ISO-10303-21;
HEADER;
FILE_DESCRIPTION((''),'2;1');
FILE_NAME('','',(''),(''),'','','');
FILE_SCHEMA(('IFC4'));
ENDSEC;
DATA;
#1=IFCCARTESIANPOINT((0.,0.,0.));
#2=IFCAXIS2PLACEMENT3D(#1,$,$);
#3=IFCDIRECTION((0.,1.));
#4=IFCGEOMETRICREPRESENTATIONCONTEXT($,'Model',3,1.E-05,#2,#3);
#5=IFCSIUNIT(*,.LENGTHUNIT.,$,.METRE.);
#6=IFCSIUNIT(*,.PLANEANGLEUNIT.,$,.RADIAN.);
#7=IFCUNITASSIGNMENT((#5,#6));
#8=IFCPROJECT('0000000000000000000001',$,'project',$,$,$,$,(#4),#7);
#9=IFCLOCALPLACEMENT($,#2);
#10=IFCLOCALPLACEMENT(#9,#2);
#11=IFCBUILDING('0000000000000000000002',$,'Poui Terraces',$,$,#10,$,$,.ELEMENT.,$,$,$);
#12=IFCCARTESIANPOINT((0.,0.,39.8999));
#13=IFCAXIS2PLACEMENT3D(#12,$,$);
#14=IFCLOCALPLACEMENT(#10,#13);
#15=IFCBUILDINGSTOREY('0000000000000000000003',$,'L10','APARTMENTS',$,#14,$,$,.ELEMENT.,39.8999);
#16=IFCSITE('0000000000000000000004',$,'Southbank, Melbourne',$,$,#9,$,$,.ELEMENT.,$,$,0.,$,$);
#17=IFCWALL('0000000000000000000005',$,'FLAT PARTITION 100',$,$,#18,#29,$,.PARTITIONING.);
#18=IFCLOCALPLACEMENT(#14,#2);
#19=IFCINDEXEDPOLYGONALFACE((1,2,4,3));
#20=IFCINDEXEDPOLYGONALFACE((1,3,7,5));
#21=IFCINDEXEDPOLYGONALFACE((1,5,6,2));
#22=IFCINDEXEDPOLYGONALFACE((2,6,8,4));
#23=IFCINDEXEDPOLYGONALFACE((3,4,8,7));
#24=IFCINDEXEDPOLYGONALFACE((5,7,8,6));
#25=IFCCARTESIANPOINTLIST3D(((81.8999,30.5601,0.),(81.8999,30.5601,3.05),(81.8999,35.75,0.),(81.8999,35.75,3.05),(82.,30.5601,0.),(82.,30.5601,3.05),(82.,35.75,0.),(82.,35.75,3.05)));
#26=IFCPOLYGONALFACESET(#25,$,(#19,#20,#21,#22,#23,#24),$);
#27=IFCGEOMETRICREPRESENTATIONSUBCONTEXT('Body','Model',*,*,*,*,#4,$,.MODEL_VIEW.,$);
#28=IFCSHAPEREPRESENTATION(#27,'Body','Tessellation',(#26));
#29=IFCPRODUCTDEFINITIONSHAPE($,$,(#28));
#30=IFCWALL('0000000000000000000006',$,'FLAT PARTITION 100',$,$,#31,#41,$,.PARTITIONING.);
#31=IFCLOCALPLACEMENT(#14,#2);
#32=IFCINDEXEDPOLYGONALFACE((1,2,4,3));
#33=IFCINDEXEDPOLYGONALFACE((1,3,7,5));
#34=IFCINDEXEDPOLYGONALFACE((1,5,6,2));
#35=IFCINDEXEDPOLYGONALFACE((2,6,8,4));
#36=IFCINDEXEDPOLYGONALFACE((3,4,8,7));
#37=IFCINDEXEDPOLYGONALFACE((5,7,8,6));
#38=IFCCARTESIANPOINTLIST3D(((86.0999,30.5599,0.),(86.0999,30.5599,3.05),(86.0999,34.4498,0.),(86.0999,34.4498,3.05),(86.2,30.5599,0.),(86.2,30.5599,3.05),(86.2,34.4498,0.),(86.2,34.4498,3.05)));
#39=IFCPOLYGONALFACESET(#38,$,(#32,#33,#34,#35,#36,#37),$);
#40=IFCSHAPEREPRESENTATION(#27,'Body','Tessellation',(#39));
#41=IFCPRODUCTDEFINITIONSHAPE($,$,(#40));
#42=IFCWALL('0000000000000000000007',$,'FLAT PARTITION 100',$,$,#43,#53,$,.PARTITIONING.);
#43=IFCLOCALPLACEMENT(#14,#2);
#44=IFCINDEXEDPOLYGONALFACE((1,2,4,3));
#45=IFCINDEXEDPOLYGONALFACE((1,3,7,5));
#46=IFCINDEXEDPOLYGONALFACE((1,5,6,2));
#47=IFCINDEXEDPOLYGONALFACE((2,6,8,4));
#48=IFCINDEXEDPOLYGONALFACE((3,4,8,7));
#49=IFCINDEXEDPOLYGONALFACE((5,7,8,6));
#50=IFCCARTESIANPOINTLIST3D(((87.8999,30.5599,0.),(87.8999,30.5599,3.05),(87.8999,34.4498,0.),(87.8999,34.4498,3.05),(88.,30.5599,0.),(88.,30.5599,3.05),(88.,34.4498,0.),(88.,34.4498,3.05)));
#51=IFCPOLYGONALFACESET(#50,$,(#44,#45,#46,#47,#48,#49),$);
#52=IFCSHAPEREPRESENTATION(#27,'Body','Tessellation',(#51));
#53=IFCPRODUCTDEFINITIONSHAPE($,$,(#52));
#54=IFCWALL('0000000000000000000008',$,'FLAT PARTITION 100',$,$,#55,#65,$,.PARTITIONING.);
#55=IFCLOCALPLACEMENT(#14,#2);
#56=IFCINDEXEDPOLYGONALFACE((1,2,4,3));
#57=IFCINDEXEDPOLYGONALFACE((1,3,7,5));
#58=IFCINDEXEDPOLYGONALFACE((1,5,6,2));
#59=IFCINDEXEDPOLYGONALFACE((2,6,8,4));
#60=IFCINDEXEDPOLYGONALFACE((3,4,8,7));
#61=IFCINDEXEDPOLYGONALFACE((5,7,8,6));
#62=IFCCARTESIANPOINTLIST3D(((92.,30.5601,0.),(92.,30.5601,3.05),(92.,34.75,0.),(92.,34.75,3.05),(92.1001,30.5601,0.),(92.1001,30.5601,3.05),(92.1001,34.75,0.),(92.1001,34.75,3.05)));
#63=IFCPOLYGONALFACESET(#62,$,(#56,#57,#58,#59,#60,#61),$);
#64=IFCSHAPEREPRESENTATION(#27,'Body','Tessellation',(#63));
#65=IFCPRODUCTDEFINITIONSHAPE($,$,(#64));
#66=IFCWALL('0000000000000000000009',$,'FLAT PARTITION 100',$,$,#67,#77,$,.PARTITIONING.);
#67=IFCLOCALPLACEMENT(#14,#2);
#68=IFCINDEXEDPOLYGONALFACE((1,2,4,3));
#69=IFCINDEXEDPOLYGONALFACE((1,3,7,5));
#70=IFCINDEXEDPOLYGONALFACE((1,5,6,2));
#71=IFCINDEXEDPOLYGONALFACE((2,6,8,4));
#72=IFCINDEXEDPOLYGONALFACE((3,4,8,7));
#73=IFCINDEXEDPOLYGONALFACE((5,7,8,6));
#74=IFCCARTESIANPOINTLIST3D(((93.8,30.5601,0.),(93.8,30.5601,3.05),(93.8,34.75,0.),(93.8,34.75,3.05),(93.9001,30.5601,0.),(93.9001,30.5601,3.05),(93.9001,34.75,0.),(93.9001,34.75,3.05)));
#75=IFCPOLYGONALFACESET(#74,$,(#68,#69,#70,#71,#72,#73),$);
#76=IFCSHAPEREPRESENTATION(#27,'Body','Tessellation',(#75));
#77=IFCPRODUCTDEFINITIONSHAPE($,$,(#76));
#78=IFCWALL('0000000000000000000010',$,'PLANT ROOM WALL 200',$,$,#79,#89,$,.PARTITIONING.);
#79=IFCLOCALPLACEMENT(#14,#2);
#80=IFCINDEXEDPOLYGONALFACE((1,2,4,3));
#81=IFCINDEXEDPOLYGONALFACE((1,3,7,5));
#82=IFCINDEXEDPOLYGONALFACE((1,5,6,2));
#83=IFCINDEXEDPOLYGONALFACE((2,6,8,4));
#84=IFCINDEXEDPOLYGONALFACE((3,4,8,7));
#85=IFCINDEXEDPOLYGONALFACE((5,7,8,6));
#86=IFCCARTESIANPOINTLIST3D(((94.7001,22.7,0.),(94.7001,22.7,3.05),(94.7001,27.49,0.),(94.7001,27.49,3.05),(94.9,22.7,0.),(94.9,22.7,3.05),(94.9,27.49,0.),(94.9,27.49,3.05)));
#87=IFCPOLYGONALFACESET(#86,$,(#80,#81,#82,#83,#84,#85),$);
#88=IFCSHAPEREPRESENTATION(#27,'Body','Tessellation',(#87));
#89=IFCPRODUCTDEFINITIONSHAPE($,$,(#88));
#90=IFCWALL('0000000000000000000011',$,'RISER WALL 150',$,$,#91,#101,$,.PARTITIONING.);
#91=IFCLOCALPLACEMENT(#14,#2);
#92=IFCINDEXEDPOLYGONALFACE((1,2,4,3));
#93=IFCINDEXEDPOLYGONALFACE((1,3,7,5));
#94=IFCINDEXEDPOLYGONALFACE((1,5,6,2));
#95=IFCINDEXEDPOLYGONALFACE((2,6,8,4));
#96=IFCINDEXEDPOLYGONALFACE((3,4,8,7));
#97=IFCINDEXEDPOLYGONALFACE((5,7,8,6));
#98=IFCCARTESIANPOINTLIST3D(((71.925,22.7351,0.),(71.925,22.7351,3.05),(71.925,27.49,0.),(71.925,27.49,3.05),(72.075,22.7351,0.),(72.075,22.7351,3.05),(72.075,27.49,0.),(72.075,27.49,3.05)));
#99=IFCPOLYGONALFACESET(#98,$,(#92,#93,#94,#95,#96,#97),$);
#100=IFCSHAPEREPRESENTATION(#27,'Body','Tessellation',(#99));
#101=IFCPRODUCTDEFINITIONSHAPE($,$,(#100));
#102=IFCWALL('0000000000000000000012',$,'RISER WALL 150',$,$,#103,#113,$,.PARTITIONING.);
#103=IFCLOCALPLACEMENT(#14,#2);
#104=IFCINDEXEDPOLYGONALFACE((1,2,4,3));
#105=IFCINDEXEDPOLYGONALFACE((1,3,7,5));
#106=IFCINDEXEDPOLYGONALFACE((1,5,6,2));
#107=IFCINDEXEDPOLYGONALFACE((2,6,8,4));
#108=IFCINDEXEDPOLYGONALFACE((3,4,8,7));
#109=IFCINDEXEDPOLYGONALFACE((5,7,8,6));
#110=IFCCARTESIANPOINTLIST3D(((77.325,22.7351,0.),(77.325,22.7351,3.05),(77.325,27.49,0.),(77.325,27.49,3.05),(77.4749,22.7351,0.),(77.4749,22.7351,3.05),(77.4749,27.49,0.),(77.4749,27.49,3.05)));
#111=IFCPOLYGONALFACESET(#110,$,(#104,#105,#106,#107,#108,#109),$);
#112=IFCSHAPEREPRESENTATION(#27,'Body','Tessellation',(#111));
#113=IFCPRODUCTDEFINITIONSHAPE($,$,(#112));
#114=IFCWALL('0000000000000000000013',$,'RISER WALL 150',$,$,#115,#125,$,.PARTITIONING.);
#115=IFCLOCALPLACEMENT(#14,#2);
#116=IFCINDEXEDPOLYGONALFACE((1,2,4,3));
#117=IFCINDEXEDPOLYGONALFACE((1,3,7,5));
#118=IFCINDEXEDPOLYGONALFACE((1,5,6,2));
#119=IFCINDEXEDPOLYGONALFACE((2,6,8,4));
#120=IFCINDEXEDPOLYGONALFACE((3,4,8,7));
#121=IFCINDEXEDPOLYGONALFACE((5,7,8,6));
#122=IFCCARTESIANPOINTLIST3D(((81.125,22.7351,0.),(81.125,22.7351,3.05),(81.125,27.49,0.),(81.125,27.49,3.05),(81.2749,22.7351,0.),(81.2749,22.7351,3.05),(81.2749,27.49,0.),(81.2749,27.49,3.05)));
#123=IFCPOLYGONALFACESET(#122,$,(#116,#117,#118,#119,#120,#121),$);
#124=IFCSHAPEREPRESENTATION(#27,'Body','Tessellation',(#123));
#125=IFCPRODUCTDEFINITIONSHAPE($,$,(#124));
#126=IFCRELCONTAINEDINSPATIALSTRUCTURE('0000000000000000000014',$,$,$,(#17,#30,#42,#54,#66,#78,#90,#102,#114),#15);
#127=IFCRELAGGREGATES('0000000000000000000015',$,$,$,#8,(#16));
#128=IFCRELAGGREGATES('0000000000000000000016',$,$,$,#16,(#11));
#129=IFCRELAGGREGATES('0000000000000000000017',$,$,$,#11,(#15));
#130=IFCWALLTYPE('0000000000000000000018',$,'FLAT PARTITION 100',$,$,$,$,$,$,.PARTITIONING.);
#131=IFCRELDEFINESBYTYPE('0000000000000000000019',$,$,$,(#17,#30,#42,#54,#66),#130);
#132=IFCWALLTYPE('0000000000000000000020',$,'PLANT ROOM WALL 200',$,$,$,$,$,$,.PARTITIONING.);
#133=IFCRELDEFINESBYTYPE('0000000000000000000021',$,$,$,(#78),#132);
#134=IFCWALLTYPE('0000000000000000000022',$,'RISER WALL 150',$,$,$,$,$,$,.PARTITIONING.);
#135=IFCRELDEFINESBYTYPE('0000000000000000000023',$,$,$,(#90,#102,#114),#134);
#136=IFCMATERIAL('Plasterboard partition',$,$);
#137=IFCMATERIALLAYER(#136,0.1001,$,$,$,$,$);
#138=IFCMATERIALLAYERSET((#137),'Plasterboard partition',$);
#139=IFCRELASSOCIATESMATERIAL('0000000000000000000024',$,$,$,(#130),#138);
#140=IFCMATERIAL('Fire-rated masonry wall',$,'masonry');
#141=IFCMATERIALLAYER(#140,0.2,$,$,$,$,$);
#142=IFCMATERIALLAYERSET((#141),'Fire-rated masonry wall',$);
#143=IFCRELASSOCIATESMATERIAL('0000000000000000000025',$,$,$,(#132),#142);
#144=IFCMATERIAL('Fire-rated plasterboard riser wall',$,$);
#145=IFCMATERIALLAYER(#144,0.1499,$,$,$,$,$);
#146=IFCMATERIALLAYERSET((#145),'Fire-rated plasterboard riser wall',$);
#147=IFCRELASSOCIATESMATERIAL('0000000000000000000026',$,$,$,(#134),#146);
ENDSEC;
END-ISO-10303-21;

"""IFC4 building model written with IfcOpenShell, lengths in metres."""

from ifc_helpers import new_model, si_unit, direction, frame, frame_2d, origin, place, context, subcontext, project, spatial, rectangle, extrude, material, layer, layer_set, type_object, element, save


model = new_model("IFC4")

# Units and contexts
model_context = context("Model", 3, precision=1e-05, world=origin(), true_north=direction((0.0, 1.0)))
body_context = subcontext(model_context, "Body", "Model", "MODEL_VIEW")
ifc_project = project(units=[si_unit("LENGTHUNIT", "METRE"), si_unit("PLANEANGLEUNIT", "RADIAN")], contexts=[model_context])

# Site, building, storey
site_placement = place(None, origin())
site = spatial("IfcSite", under=ifc_project, at=site_placement, Name="Southbank, Melbourne", CompositionType="ELEMENT", RefElevation=0.0)
building_placement = place(site_placement, origin())
building = spatial("IfcBuilding", under=site, at=building_placement, Name="Poui Terraces", CompositionType="ELEMENT")
storey_placement = place(building_placement, frame((0.0, 0.0, 39.8999)))
storey = spatial("IfcBuildingStorey", under=building, at=storey_placement, Name="L10", Description="APARTMENTS", CompositionType="ELEMENT", Elevation=39.8999)

# Walls
ifc_material_1 = material(Name="Plasterboard partition")
ifc_layer_1 = layer(ifc_material_1, 0.1001)
ifc_layer_set_1 = layer_set([ifc_layer_1], Name="Plasterboard partition")
wall_type_1 = type_object("IfcWallType", Name="FLAT PARTITION 100", PredefinedType="PARTITIONING", material=ifc_layer_set_1)
for number, where, z_axis, x_axis, name in (
    (1, (81.95, 30.5601, 0.0), (0.0, 0.0, 1.0), (0.0, 1.0, 0.0), "FLAT PARTITION 100"),
):
    element("IfcWall", number, at=place(storey_placement, frame(where, z_axis=z_axis, x_axis=x_axis)), inside=storey, type_object=wall_type_1, Name=name, PredefinedType="PARTITIONING", context=body_context, shape_type="SweptSolid", body=[
        extrude(rectangle(XDim=5.1899, YDim=0.1001, at=frame_2d((2.595, 0.0))), origin(), (0.0, 0.0, 1.0), 3.05),
    ])
for number, where, z_axis, x_axis, name in (
    (2, (86.1499, 30.5601, 0.0), (0.0, 0.0, 1.0), (0.0, 1.0, 0.0), "FLAT PARTITION 100"),
    (3, (87.95, 30.5601, 0.0), (0.0, 0.0, 1.0), (0.0, 1.0, 0.0), "FLAT PARTITION 100"),
):
    element("IfcWall", number, at=place(storey_placement, frame(where, z_axis=z_axis, x_axis=x_axis)), inside=storey, type_object=wall_type_1, Name=name, PredefinedType="PARTITIONING", context=body_context, shape_type="SweptSolid", body=[
        extrude(rectangle(XDim=3.8899, YDim=0.1001, at=frame_2d((1.9448, 0.0))), origin(), (0.0, 0.0, 1.0), 3.05),
    ])
for number, where, z_axis, x_axis, name in (
    (4, (92.05, 30.5601, 0.0), (0.0, 0.0, 1.0), (0.0, 1.0, 0.0), "FLAT PARTITION 100"),
    (5, (93.8501, 30.5601, 0.0), (0.0, 0.0, 1.0), (0.0, 1.0, 0.0), "FLAT PARTITION 100"),
):
    element("IfcWall", number, at=place(storey_placement, frame(where, z_axis=z_axis, x_axis=x_axis)), inside=storey, type_object=wall_type_1, Name=name, PredefinedType="PARTITIONING", context=body_context, shape_type="SweptSolid", body=[
        extrude(rectangle(XDim=4.1899, YDim=0.1001, at=frame_2d((2.095, 0.0))), origin(), (0.0, 0.0, 1.0), 3.05),
    ])
ifc_material_2 = material(Name="Fire-rated masonry wall", Category="masonry")
ifc_layer_2 = layer(ifc_material_2, 0.2)
ifc_layer_set_2 = layer_set([ifc_layer_2], Name="Fire-rated masonry wall")
wall_type_2 = type_object("IfcWallType", Name="PLANT ROOM WALL 200", PredefinedType="PARTITIONING", material=ifc_layer_set_2)
wall_1_placement = place(storey_placement, frame((94.8, 22.7, 0.0), z_axis=(0.0, 0.0, 1.0), x_axis=(0.0, 1.0, 0.0)))
element("IfcWall", 6, at=wall_1_placement, inside=storey, type_object=wall_type_2, Name="PLANT ROOM WALL 200", PredefinedType="PARTITIONING", context=body_context, shape_type="SweptSolid", body=[
    extrude(rectangle(XDim=4.79, YDim=0.2, at=frame_2d((2.395, 0.0))), origin(), (0.0, 0.0, 1.0), 3.05),
])
ifc_material_3 = material(Name="Fire-rated plasterboard riser wall")
ifc_layer_3 = layer(ifc_material_3, 0.1499)
ifc_layer_set_3 = layer_set([ifc_layer_3], Name="Fire-rated plasterboard riser wall")
wall_type_3 = type_object("IfcWallType", Name="RISER WALL 150", PredefinedType="PARTITIONING", material=ifc_layer_set_3)
for number, where, z_axis, x_axis, name in (
    (7, (72.0, 22.7351, 0.0), (0.0, 0.0, 1.0), (0.0, 1.0, 0.0), "RISER WALL 150"),
    (8, (77.3999, 22.7351, 0.0), (0.0, 0.0, 1.0), (0.0, 1.0, 0.0), "RISER WALL 150"),
    (9, (81.2, 22.7351, 0.0), (0.0, 0.0, 1.0), (0.0, 1.0, 0.0), "RISER WALL 150"),
):
    element("IfcWall", number, at=place(storey_placement, frame(where, z_axis=z_axis, x_axis=x_axis)), inside=storey, type_object=wall_type_3, Name=name, PredefinedType="PARTITIONING", context=body_context, shape_type="SweptSolid", body=[
        extrude(rectangle(XDim=4.7549, YDim=0.1499, at=frame_2d((2.3774, 0.0))), origin(), (0.0, 0.0, 1.0), 3.05),
    ])

save(model, "model.ifc")
